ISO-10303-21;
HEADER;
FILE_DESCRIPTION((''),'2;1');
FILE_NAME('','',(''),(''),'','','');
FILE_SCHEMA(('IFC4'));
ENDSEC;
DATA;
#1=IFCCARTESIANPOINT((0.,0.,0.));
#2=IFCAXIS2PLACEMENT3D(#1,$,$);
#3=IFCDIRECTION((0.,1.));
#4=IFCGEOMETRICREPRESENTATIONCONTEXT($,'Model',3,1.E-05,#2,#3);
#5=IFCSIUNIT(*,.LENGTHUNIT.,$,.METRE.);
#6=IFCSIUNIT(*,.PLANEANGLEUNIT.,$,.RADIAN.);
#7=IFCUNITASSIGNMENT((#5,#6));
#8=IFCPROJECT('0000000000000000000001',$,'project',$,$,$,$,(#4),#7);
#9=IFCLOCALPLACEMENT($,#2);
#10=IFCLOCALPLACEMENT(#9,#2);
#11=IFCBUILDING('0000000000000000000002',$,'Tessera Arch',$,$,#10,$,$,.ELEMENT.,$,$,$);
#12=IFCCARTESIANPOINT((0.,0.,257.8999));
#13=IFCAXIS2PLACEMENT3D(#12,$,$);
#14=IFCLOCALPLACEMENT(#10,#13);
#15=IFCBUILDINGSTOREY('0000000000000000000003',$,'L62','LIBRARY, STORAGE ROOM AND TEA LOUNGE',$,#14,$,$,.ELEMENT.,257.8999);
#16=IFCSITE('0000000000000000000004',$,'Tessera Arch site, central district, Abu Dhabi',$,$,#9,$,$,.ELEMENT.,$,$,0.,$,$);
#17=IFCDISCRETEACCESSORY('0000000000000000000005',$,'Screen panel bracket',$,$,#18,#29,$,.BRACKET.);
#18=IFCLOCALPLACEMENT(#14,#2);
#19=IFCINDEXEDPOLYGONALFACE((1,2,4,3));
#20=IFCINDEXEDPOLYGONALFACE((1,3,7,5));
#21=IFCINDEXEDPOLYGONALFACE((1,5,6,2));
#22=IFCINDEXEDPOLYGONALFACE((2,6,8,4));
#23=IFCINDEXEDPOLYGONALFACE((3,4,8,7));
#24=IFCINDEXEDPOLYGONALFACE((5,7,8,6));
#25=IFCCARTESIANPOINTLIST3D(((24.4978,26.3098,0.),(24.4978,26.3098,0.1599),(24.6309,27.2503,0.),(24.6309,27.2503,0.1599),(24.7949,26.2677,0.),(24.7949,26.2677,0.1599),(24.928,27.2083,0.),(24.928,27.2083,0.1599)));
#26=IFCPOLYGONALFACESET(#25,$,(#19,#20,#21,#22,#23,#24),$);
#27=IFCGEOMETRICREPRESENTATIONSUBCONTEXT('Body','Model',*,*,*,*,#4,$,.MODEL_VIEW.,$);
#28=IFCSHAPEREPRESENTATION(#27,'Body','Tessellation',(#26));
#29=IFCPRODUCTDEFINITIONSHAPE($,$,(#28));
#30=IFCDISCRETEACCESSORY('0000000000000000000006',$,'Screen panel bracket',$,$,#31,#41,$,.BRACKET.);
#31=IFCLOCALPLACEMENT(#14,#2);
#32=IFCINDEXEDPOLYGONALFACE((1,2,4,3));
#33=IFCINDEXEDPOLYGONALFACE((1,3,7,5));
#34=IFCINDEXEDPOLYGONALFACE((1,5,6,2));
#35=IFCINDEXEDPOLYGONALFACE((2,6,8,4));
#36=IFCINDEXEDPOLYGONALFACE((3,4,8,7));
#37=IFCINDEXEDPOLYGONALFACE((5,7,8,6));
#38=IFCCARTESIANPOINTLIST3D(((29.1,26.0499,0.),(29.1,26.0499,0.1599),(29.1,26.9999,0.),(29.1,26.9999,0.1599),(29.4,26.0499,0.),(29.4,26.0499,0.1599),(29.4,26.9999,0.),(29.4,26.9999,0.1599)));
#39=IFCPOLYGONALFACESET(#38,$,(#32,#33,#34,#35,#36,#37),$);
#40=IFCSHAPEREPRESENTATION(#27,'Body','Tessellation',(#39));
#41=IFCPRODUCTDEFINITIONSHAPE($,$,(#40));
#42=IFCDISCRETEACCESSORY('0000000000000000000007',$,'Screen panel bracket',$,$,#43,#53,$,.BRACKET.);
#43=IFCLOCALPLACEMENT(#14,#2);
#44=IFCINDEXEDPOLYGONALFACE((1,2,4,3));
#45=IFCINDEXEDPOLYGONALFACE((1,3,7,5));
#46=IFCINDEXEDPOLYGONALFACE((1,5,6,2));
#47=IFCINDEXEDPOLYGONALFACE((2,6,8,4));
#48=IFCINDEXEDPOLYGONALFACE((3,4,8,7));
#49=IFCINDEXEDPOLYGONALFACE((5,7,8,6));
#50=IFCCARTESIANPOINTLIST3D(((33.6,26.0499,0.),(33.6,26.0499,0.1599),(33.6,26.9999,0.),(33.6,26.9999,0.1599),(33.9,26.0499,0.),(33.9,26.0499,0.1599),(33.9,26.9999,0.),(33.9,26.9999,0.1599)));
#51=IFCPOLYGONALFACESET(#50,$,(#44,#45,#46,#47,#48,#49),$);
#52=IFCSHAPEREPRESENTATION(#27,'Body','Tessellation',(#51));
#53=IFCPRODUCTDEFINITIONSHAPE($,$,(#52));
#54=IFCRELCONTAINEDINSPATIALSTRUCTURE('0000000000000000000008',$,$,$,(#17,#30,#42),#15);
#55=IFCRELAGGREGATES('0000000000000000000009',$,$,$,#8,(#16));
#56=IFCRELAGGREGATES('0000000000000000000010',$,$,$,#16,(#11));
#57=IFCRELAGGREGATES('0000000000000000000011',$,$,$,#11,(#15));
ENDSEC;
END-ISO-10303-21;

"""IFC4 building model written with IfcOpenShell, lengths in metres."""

from ifc_helpers import new_model, si_unit, direction, frame, origin, origin_2d, place, context, subcontext, project, spatial, rectangle, extrude, element, save


model = new_model("IFC4")

# Units and contexts
model_context = context("Model", 3, precision=1e-05, world=origin(), true_north=direction((0.0, 1.0)))
body_context = subcontext(model_context, "Body", "Model", "MODEL_VIEW")
ifc_project = project(units=[si_unit("LENGTHUNIT", "METRE"), si_unit("PLANEANGLEUNIT", "RADIAN")], contexts=[model_context])

# Site, building, storey
site_placement = place(None, origin())
site = spatial("IfcSite", under=ifc_project, at=site_placement, Name="Tessera Arch site, central district, Abu Dhabi", CompositionType="ELEMENT", RefElevation=0.0)
building_placement = place(site_placement, origin())
building = spatial("IfcBuilding", under=site, at=building_placement, Name="Tessera Arch", CompositionType="ELEMENT")
storey_placement = place(building_placement, frame((0.0, 0.0, 257.8999)))
storey = spatial("IfcBuildingStorey", under=building, at=storey_placement, Name="L62", Description="LIBRARY, STORAGE ROOM AND TEA LOUNGE", CompositionType="ELEMENT", Elevation=257.8999)

# Discrete accessories
for number, where, z_axis, x_axis, name in (
    (1, (24.7129, 26.759, 0.0), (0.0, 0.0, 1.0), (-0.140089, -0.990139, 0.0), "Screen panel bracket"),
    (2, (29.25, 26.5249, 0.0), (0.0, 0.0, 1.0), (0.0, -1.0, 0.0), "Screen panel bracket"),
    (3, (33.75, 26.5249, 0.0), (0.0, 0.0, 1.0), (0.0, -1.0, 0.0), "Screen panel bracket"),
):
    element("IfcDiscreteAccessory", number, at=place(storey_placement, frame(where, z_axis=z_axis, x_axis=x_axis)), inside=storey, Name=name, PredefinedType="BRACKET", context=body_context, shape_type="SweptSolid", body=[
        extrude(rectangle(XDim=0.95, YDim=0.3, at=origin_2d()), origin(), (0.0, 0.0, 1.0), 0.1599),
    ])

save(model, "model.ifc")
